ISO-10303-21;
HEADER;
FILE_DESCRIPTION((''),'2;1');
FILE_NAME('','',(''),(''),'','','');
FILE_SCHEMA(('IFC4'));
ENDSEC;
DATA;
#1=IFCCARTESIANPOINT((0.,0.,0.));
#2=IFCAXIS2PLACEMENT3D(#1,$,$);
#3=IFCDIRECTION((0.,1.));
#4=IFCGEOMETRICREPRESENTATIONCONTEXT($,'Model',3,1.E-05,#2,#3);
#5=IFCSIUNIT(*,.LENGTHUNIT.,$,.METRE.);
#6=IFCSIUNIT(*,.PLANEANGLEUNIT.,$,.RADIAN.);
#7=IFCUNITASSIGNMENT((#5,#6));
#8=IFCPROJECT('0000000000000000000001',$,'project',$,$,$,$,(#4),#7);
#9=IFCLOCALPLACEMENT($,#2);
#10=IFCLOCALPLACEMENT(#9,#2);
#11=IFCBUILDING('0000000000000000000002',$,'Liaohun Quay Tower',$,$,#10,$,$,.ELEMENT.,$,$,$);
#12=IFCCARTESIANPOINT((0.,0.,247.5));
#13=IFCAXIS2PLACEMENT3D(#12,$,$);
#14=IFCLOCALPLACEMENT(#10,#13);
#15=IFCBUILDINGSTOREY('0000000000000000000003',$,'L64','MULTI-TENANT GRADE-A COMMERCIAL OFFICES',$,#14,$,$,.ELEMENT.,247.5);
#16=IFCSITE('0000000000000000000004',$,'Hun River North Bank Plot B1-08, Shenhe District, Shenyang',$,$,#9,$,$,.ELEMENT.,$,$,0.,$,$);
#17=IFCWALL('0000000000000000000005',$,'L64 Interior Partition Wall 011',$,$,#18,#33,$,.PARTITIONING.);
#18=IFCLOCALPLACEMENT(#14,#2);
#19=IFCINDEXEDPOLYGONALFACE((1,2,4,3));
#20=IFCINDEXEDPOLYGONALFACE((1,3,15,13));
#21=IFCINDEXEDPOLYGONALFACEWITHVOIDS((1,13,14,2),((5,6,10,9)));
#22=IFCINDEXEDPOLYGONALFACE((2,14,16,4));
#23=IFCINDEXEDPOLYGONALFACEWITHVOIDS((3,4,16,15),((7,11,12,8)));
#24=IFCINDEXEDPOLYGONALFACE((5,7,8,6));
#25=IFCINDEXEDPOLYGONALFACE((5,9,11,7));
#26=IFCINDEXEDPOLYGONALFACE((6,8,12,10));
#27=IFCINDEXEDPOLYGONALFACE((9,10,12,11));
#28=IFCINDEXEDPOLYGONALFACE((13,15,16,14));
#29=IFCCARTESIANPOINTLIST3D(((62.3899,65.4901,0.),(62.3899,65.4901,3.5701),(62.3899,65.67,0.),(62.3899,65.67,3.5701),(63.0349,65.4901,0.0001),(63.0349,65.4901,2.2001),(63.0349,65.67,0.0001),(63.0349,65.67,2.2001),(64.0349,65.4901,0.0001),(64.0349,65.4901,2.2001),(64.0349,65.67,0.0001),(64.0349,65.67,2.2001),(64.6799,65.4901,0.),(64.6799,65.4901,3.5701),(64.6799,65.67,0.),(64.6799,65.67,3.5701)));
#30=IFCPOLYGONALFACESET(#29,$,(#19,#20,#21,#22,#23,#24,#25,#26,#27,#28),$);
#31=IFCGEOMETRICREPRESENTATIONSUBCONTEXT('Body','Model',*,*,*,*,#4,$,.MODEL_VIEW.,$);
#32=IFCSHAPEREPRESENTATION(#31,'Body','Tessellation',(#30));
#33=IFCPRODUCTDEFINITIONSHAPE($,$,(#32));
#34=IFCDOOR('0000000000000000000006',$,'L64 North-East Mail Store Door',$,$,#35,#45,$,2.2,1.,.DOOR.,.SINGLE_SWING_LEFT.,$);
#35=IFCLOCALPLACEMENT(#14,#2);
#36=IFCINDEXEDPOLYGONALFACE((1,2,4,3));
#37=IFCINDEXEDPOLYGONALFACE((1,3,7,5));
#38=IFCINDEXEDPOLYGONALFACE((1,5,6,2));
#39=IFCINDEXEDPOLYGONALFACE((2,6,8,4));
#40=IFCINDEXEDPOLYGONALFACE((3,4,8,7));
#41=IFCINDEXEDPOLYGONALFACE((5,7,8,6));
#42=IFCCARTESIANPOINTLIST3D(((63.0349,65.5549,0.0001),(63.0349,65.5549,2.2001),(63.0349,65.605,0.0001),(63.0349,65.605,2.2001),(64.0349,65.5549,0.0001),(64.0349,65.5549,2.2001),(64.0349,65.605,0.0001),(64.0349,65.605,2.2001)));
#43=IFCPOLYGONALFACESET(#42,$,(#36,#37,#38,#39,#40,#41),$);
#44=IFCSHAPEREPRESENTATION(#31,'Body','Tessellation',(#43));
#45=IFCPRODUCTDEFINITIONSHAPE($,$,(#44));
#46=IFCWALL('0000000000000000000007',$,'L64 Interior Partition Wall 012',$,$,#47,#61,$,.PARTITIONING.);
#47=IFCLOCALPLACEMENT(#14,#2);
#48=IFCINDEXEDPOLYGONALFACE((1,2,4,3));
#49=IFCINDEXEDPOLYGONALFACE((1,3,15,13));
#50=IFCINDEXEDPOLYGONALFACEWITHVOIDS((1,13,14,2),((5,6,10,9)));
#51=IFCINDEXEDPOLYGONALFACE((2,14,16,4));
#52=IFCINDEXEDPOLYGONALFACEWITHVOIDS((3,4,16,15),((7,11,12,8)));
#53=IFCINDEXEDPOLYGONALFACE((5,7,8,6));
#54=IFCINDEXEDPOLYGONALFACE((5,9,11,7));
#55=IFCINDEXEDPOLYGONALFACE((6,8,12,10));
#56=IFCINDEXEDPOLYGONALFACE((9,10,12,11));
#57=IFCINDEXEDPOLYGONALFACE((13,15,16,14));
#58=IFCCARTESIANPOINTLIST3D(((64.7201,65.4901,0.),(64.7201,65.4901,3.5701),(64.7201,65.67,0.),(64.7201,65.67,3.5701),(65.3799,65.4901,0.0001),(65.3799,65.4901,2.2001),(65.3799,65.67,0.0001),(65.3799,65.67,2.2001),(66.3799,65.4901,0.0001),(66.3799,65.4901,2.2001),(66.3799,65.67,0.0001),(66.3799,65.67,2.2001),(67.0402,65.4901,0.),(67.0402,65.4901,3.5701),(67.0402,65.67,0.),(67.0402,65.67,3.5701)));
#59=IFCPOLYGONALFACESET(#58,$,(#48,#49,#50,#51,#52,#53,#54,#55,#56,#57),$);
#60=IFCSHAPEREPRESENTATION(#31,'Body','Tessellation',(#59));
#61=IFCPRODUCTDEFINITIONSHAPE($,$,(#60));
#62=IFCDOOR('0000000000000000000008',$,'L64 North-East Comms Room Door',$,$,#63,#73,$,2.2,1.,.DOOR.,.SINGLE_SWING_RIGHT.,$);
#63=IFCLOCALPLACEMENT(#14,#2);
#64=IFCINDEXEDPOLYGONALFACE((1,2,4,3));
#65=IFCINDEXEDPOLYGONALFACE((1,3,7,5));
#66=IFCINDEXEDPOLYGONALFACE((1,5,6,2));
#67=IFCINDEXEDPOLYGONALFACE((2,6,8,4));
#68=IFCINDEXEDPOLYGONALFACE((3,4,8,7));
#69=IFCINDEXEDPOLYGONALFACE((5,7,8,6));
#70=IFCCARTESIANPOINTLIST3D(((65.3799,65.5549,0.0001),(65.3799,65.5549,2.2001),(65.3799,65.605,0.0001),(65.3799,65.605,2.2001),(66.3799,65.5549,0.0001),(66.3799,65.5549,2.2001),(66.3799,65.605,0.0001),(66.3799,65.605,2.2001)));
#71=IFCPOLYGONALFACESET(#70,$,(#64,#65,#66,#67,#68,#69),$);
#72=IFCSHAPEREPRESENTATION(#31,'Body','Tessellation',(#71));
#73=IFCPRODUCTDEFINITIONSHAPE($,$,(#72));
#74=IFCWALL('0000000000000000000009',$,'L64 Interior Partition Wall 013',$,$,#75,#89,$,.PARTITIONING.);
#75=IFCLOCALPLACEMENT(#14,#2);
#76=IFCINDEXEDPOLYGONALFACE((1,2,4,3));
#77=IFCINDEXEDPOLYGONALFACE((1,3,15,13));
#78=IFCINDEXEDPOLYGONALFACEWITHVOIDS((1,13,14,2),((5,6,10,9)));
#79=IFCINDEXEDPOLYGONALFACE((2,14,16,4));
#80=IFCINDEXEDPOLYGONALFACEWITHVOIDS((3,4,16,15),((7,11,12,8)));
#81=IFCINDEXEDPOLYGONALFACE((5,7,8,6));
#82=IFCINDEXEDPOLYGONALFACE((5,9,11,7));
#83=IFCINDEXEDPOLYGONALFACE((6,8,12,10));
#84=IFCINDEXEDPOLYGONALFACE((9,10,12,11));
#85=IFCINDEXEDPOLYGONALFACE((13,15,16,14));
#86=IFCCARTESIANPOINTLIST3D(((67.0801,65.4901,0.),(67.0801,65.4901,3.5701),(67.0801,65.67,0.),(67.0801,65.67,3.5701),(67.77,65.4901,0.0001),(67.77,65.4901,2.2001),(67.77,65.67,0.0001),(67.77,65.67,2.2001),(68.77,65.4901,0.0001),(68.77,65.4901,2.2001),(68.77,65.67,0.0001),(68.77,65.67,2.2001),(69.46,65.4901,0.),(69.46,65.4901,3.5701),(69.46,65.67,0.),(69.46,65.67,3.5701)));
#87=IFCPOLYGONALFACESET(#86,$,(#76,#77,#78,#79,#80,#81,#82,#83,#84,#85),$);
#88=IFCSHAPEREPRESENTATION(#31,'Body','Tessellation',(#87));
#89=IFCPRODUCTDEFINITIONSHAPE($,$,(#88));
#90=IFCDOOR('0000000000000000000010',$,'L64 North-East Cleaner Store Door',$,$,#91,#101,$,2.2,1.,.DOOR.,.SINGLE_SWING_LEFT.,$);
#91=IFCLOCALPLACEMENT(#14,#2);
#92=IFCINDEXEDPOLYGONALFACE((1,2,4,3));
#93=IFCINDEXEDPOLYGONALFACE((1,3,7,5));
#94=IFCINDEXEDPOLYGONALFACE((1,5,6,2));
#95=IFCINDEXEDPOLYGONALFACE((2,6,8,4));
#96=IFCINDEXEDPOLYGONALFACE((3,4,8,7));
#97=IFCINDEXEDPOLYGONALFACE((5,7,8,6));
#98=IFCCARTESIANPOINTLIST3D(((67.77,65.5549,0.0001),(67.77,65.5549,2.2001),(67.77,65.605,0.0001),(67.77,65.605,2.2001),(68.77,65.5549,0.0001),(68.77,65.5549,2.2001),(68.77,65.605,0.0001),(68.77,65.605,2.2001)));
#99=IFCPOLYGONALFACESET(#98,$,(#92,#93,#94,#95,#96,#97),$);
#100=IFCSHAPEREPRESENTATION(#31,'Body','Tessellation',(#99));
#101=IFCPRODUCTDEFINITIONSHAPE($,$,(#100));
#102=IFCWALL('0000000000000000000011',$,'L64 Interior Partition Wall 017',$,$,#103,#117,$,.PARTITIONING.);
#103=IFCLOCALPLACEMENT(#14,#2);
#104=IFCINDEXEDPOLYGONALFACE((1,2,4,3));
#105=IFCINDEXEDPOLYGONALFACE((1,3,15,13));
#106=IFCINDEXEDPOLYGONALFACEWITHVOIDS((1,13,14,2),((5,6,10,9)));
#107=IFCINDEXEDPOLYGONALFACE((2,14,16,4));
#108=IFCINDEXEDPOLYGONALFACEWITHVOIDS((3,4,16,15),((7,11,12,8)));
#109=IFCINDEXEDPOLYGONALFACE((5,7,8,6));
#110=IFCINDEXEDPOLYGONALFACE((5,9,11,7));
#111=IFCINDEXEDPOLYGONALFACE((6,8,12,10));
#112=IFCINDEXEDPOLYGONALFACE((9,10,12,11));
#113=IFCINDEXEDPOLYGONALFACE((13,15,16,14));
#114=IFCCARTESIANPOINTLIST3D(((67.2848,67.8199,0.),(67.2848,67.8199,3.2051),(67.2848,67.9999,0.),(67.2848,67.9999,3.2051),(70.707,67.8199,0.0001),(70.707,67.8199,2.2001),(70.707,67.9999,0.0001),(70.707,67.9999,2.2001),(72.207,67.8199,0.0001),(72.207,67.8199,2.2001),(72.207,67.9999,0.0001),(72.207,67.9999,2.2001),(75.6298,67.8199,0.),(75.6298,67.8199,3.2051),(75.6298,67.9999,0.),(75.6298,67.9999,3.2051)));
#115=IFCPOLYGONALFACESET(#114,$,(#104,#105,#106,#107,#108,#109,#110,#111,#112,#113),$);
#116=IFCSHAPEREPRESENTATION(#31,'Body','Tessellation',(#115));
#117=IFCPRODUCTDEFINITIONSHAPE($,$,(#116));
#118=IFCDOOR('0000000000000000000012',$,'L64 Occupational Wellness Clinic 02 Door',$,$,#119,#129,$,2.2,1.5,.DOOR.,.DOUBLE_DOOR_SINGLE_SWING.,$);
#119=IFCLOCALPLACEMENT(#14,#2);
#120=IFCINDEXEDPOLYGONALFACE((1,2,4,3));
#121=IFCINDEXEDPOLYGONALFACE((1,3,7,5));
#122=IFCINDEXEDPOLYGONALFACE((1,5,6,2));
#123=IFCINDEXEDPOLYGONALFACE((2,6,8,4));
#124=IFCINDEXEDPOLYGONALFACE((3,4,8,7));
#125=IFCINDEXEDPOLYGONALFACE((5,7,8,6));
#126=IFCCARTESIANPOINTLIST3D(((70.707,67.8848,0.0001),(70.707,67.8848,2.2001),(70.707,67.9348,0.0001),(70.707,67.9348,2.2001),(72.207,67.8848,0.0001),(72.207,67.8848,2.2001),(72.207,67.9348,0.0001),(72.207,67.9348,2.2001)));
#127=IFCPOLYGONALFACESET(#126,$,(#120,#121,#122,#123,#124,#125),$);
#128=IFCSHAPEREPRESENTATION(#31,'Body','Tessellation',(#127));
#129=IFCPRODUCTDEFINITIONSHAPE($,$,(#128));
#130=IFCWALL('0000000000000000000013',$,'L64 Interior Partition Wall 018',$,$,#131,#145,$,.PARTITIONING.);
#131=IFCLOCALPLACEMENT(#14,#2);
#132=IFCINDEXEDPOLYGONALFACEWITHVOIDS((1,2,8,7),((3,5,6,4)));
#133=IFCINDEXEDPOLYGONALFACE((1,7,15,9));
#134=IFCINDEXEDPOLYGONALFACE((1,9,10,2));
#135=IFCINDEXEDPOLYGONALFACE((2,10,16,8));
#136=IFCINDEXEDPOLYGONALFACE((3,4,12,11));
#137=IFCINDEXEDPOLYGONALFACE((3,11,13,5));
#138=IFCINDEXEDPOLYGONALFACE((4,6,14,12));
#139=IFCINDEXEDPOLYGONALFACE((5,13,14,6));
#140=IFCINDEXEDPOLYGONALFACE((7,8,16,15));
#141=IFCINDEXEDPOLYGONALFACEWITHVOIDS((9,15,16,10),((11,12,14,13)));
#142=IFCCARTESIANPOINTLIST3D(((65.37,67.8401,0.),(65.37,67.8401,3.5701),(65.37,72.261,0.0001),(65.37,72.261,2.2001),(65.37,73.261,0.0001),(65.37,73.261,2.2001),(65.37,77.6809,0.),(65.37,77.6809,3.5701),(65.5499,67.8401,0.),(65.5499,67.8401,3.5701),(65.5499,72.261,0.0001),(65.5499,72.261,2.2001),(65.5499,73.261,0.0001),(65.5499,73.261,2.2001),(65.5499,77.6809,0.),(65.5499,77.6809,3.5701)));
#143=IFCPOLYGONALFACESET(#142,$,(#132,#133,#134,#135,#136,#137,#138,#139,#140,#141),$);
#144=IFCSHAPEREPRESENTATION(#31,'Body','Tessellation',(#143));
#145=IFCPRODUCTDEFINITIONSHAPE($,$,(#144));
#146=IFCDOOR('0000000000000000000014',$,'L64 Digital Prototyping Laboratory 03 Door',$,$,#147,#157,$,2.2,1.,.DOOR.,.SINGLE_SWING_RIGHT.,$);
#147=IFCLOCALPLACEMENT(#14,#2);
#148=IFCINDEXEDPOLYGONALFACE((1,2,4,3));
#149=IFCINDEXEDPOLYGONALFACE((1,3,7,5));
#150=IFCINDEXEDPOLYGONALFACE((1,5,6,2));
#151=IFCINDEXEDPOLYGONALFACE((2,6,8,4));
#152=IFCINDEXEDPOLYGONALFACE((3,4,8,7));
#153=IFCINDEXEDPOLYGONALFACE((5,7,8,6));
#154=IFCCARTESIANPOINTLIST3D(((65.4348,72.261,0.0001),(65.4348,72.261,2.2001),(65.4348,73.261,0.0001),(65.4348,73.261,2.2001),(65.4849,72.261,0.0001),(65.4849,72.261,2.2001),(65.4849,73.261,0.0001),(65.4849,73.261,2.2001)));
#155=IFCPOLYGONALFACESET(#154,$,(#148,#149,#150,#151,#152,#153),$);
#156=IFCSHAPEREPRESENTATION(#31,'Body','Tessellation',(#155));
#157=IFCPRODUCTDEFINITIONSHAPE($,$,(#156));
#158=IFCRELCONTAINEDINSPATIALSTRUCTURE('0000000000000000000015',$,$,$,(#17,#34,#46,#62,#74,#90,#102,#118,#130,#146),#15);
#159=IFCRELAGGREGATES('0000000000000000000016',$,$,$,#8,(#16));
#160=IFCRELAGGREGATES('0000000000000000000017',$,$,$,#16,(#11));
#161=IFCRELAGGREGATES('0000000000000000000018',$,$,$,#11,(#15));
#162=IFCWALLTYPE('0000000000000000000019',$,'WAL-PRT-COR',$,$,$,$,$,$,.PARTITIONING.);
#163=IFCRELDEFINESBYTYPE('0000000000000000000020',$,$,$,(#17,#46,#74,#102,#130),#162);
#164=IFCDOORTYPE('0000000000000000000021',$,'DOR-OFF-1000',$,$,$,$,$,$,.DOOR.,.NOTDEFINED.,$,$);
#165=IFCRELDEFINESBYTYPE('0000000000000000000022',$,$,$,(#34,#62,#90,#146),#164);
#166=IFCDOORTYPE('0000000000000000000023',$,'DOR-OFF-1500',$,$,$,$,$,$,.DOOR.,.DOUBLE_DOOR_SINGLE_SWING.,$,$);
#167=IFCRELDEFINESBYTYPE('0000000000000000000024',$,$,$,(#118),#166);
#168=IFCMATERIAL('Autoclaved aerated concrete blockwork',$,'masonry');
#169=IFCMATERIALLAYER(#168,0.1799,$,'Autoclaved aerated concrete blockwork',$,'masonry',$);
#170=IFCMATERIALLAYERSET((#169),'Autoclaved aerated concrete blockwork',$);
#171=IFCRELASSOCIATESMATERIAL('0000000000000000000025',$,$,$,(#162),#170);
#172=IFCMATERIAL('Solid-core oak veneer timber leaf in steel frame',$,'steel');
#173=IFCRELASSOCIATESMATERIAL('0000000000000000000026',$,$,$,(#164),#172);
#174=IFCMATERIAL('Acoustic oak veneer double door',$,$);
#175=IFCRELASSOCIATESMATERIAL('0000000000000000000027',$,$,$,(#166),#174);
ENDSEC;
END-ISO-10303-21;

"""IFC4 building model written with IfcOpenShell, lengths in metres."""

from ifc_helpers import new_model, si_unit, direction, frame, frame_2d, origin, place, context, subcontext, project, spatial, rectangle, extrude, source, transform, mapped, material, layer, layer_set, type_object, element, fill, save


model = new_model("IFC4")

# Units and contexts
model_context = context("Model", 3, precision=1e-05, world=origin(), true_north=direction((0.0, 1.0)))
body_context = subcontext(model_context, "Body", "Model", "MODEL_VIEW")
ifc_project = project(units=[si_unit("LENGTHUNIT", "METRE"), si_unit("PLANEANGLEUNIT", "RADIAN")], contexts=[model_context])

# Site, building, storey
site_placement = place(None, origin())
site = spatial("IfcSite", under=ifc_project, at=site_placement, Name="Hun River North Bank Plot B1-08, Shenhe District, Shenyang", CompositionType="ELEMENT", RefElevation=0.0)
building_placement = place(site_placement, origin())
building = spatial("IfcBuilding", under=site, at=building_placement, Name="Liaohun Quay Tower", CompositionType="ELEMENT")
storey_placement = place(building_placement, frame((0.0, 0.0, 247.5)))
storey = spatial("IfcBuildingStorey", under=building, at=storey_placement, Name="L64", Description="MULTI-TENANT GRADE-A COMMERCIAL OFFICES", CompositionType="ELEMENT", Elevation=247.5)

# Walls, openings, doors
ifc_material_1 = material(Name="Autoclaved aerated concrete blockwork", Category="masonry")
ifc_layer_1 = layer(ifc_material_1, 0.1799, Name="Autoclaved aerated concrete blockwork", Category="masonry")
ifc_layer_set_1 = layer_set([ifc_layer_1], Name="Autoclaved aerated concrete blockwork")
wall_type_1 = type_object("IfcWallType", Name="WAL-PRT-COR", PredefinedType="PARTITIONING", material=ifc_layer_set_1)
wall_1_placement = place(storey_placement, frame((62.3899, 65.5801, 0.0), z_axis=(0.0, 0.0, 1.0), x_axis=(1.0, 0.0, 0.0)))
wall_1 = element("IfcWall", 1, at=wall_1_placement, inside=storey, type_object=wall_type_1, Name="L64 Interior Partition Wall 011", PredefinedType="PARTITIONING", context=body_context, shape_type="SweptSolid", body=[
    extrude(rectangle(XDim=2.29, YDim=0.1799, at=frame_2d((1.145, 0.0))), origin(), (0.0, 0.0, 1.0), 3.5701),
])
shared_shape_1 = source(origin(), body_context, "Body", "SweptSolid", [
    extrude(rectangle(XDim=1.0, YDim=2.2, at=frame_2d((0.5, 1.1001))), frame((0.0, 0.0999, 0.0), z_axis=(0.0, -1.0, 0.0), x_axis=(1.0, 0.0, 0.0)), (0.0, 0.0, 1.0), 0.2),
])
opening_1_placement = place(wall_1_placement, frame((0.645, 0.0, 0.0)))
opening_1 = element("IfcOpeningElement", 2, at=opening_1_placement, cuts=wall_1, PredefinedType="OPENING", context=body_context, shape_type="MappedRepresentation", body=[
    mapped(shared_shape_1, transform((0.0, 0.0, 0.0), x_axis=(1.0, 0.0, 0.0), y_axis=(0.0, 1.0, 0.0), z_axis=(0.0, 0.0, 1.0), scale=1.0)),
])
ifc_material_2 = material(Name="Solid-core oak veneer timber leaf in steel frame", Category="steel")
door_type_1 = type_object("IfcDoorType", Name="DOR-OFF-1000", OperationType="NOTDEFINED", PredefinedType="DOOR", material=ifc_material_2)
shared_shape_2 = source(origin(), body_context, "Body", "SweptSolid", [
    extrude(rectangle(XDim=1.0, YDim=2.2, at=frame_2d((0.5, 1.1001))), frame((0.0, 0.0249, 0.0), z_axis=(0.0, -1.0, 0.0), x_axis=(1.0, 0.0, 0.0)), (0.0, 0.0, 1.0), 0.05),
])
door_1_placement = place(opening_1_placement, origin())
door_1 = element("IfcDoor", 3, at=door_1_placement, inside=storey, type_object=door_type_1, Name="L64 North-East Mail Store Door", OperationType="SINGLE_SWING_LEFT", OverallHeight=2.2, OverallWidth=1.0, PredefinedType="DOOR", context=body_context, shape_type="MappedRepresentation", body=[
    mapped(shared_shape_2, transform((0.0, 0.0, 0.0), x_axis=(1.0, 0.0, 0.0), y_axis=(0.0, 1.0, 0.0), z_axis=(0.0, 0.0, 1.0), scale=1.0)),
])
fill(opening_1, door_1)
wall_2_placement = place(storey_placement, frame((64.72, 65.5801, 0.0), z_axis=(0.0, 0.0, 1.0), x_axis=(1.0, 0.0, 0.0)))
wall_2 = element("IfcWall", 4, at=wall_2_placement, inside=storey, type_object=wall_type_1, Name="L64 Interior Partition Wall 012", PredefinedType="PARTITIONING", context=body_context, shape_type="SweptSolid", body=[
    extrude(rectangle(XDim=2.3201, YDim=0.1799, at=frame_2d((1.1602, 0.0))), origin(), (0.0, 0.0, 1.0), 3.5701),
])
opening_2_placement = place(wall_2_placement, frame((0.6599, 0.0, 0.0)))
opening_2 = element("IfcOpeningElement", 5, at=opening_2_placement, cuts=wall_2, PredefinedType="OPENING", context=body_context, shape_type="MappedRepresentation", body=[
    mapped(shared_shape_1, transform((0.0, 0.0, 0.0), x_axis=(1.0, 0.0, 0.0), y_axis=(0.0, 1.0, 0.0), z_axis=(0.0, 0.0, 1.0), scale=1.0)),
])
door_2_placement = place(opening_2_placement, origin())
door_2 = element("IfcDoor", 6, at=door_2_placement, inside=storey, type_object=door_type_1, Name="L64 North-East Comms Room Door", OperationType="SINGLE_SWING_RIGHT", OverallHeight=2.2, OverallWidth=1.0, PredefinedType="DOOR", context=body_context, shape_type="MappedRepresentation", body=[
    mapped(shared_shape_2, transform((0.0, 0.0, 0.0), x_axis=(1.0, 0.0, 0.0), y_axis=(0.0, 1.0, 0.0), z_axis=(0.0, 0.0, 1.0), scale=1.0)),
])
fill(opening_2, door_2)
wall_3_placement = place(storey_placement, frame((67.0801, 65.5801, 0.0), z_axis=(0.0, 0.0, 1.0), x_axis=(1.0, 0.0, 0.0)))
wall_3 = element("IfcWall", 7, at=wall_3_placement, inside=storey, type_object=wall_type_1, Name="L64 Interior Partition Wall 013", PredefinedType="PARTITIONING", context=body_context, shape_type="SweptSolid", body=[
    extrude(rectangle(XDim=2.3799, YDim=0.1799, at=frame_2d((1.1899, 0.0))), origin(), (0.0, 0.0, 1.0), 3.5701),
])
opening_3_placement = place(wall_3_placement, frame((0.6899, 0.0, 0.0)))
opening_3 = element("IfcOpeningElement", 8, at=opening_3_placement, cuts=wall_3, PredefinedType="OPENING", context=body_context, shape_type="MappedRepresentation", body=[
    mapped(shared_shape_1, transform((0.0, 0.0, 0.0), x_axis=(1.0, 0.0, 0.0), y_axis=(0.0, 1.0, 0.0), z_axis=(0.0, 0.0, 1.0), scale=1.0)),
])
door_3_placement = place(opening_3_placement, origin())
door_3 = element("IfcDoor", 9, at=door_3_placement, inside=storey, type_object=door_type_1, Name="L64 North-East Cleaner Store Door", OperationType="SINGLE_SWING_LEFT", OverallHeight=2.2, OverallWidth=1.0, PredefinedType="DOOR", context=body_context, shape_type="MappedRepresentation", body=[
    mapped(shared_shape_2, transform((0.0, 0.0, 0.0), x_axis=(1.0, 0.0, 0.0), y_axis=(0.0, 1.0, 0.0), z_axis=(0.0, 0.0, 1.0), scale=1.0)),
])
fill(opening_3, door_3)
wall_4_placement = place(storey_placement, frame((67.2849, 67.9099, 0.0), z_axis=(0.0, 0.0, 1.0), x_axis=(1.0, 0.0, 0.0)))
wall_4 = element("IfcWall", 10, at=wall_4_placement, inside=storey, type_object=wall_type_1, Name="L64 Interior Partition Wall 017", PredefinedType="PARTITIONING", context=body_context, shape_type="SweptSolid", body=[
    extrude(rectangle(XDim=8.345, YDim=0.1799, at=frame_2d((4.1724, 0.0))), origin(), (0.0, 0.0, 1.0), 3.2051),
])
shared_shape_3 = source(origin(), body_context, "Body", "SweptSolid", [
    extrude(rectangle(XDim=1.5, YDim=2.2, at=frame_2d((0.75, 1.1001))), frame((0.0, 0.0999, 0.0), z_axis=(0.0, -1.0, 0.0), x_axis=(1.0, 0.0, 0.0)), (0.0, 0.0, 1.0), 0.2),
])
opening_4_placement = place(wall_4_placement, frame((3.4221, 0.0, 0.0)))
opening_4 = element("IfcOpeningElement", 11, at=opening_4_placement, cuts=wall_4, PredefinedType="OPENING", context=body_context, shape_type="MappedRepresentation", body=[
    mapped(shared_shape_3, transform((0.0, 0.0, 0.0), x_axis=(1.0, 0.0, 0.0), y_axis=(0.0, 1.0, 0.0), z_axis=(0.0, 0.0, 1.0), scale=1.0)),
])
ifc_material_3 = material(Name="Acoustic oak veneer double door")
door_type_2 = type_object("IfcDoorType", Name="DOR-OFF-1500", OperationType="DOUBLE_DOOR_SINGLE_SWING", PredefinedType="DOOR", material=ifc_material_3)
shared_shape_4 = source(origin(), body_context, "Body", "SweptSolid", [
    extrude(rectangle(XDim=1.5, YDim=2.2, at=frame_2d((0.75, 1.1001))), frame((0.0, 0.0249, 0.0), z_axis=(0.0, -1.0, 0.0), x_axis=(1.0, 0.0, 0.0)), (0.0, 0.0, 1.0), 0.05),
])
door_4_placement = place(opening_4_placement, origin())
door_4 = element("IfcDoor", 12, at=door_4_placement, inside=storey, type_object=door_type_2, Name="L64 Occupational Wellness Clinic 02 Door", OperationType="DOUBLE_DOOR_SINGLE_SWING", OverallHeight=2.2, OverallWidth=1.5, PredefinedType="DOOR", context=body_context, shape_type="MappedRepresentation", body=[
    mapped(shared_shape_4, transform((0.0, 0.0, 0.0), x_axis=(1.0, 0.0, 0.0), y_axis=(0.0, 1.0, 0.0), z_axis=(0.0, 0.0, 1.0), scale=1.0)),
])
fill(opening_4, door_4)
wall_5_placement = place(storey_placement, frame((65.46, 77.6809, 0.0), z_axis=(0.0, 0.0, 1.0), x_axis=(0.0, -1.0, 0.0)))
wall_5 = element("IfcWall", 13, at=wall_5_placement, inside=storey, type_object=wall_type_1, Name="L64 Interior Partition Wall 018", PredefinedType="PARTITIONING", context=body_context, shape_type="SweptSolid", body=[
    extrude(rectangle(XDim=9.8408, YDim=0.1799, at=frame_2d((4.9204, 0.0))), origin(), (0.0, 0.0, 1.0), 3.5701),
])
opening_5_placement = place(wall_5_placement, frame((4.4199, 0.0, 0.0)))
opening_5 = element("IfcOpeningElement", 14, at=opening_5_placement, cuts=wall_5, PredefinedType="OPENING", context=body_context, shape_type="MappedRepresentation", body=[
    mapped(shared_shape_1, transform((0.0, 0.0, 0.0), x_axis=(1.0, 0.0, 0.0), y_axis=(0.0, 1.0, 0.0), z_axis=(0.0, 0.0, 1.0), scale=1.0)),
])
door_5_placement = place(opening_5_placement, origin())
door_5 = element("IfcDoor", 15, at=door_5_placement, inside=storey, type_object=door_type_1, Name="L64 Digital Prototyping Laboratory 03 Door", OperationType="SINGLE_SWING_RIGHT", OverallHeight=2.2, OverallWidth=1.0, PredefinedType="DOOR", context=body_context, shape_type="MappedRepresentation", body=[
    mapped(shared_shape_2, transform((0.0, 0.0, 0.0), x_axis=(1.0, 0.0, 0.0), y_axis=(0.0, 1.0, 0.0), z_axis=(0.0, 0.0, 1.0), scale=1.0)),
])
fill(opening_5, door_5)

save(model, "model.ifc")
